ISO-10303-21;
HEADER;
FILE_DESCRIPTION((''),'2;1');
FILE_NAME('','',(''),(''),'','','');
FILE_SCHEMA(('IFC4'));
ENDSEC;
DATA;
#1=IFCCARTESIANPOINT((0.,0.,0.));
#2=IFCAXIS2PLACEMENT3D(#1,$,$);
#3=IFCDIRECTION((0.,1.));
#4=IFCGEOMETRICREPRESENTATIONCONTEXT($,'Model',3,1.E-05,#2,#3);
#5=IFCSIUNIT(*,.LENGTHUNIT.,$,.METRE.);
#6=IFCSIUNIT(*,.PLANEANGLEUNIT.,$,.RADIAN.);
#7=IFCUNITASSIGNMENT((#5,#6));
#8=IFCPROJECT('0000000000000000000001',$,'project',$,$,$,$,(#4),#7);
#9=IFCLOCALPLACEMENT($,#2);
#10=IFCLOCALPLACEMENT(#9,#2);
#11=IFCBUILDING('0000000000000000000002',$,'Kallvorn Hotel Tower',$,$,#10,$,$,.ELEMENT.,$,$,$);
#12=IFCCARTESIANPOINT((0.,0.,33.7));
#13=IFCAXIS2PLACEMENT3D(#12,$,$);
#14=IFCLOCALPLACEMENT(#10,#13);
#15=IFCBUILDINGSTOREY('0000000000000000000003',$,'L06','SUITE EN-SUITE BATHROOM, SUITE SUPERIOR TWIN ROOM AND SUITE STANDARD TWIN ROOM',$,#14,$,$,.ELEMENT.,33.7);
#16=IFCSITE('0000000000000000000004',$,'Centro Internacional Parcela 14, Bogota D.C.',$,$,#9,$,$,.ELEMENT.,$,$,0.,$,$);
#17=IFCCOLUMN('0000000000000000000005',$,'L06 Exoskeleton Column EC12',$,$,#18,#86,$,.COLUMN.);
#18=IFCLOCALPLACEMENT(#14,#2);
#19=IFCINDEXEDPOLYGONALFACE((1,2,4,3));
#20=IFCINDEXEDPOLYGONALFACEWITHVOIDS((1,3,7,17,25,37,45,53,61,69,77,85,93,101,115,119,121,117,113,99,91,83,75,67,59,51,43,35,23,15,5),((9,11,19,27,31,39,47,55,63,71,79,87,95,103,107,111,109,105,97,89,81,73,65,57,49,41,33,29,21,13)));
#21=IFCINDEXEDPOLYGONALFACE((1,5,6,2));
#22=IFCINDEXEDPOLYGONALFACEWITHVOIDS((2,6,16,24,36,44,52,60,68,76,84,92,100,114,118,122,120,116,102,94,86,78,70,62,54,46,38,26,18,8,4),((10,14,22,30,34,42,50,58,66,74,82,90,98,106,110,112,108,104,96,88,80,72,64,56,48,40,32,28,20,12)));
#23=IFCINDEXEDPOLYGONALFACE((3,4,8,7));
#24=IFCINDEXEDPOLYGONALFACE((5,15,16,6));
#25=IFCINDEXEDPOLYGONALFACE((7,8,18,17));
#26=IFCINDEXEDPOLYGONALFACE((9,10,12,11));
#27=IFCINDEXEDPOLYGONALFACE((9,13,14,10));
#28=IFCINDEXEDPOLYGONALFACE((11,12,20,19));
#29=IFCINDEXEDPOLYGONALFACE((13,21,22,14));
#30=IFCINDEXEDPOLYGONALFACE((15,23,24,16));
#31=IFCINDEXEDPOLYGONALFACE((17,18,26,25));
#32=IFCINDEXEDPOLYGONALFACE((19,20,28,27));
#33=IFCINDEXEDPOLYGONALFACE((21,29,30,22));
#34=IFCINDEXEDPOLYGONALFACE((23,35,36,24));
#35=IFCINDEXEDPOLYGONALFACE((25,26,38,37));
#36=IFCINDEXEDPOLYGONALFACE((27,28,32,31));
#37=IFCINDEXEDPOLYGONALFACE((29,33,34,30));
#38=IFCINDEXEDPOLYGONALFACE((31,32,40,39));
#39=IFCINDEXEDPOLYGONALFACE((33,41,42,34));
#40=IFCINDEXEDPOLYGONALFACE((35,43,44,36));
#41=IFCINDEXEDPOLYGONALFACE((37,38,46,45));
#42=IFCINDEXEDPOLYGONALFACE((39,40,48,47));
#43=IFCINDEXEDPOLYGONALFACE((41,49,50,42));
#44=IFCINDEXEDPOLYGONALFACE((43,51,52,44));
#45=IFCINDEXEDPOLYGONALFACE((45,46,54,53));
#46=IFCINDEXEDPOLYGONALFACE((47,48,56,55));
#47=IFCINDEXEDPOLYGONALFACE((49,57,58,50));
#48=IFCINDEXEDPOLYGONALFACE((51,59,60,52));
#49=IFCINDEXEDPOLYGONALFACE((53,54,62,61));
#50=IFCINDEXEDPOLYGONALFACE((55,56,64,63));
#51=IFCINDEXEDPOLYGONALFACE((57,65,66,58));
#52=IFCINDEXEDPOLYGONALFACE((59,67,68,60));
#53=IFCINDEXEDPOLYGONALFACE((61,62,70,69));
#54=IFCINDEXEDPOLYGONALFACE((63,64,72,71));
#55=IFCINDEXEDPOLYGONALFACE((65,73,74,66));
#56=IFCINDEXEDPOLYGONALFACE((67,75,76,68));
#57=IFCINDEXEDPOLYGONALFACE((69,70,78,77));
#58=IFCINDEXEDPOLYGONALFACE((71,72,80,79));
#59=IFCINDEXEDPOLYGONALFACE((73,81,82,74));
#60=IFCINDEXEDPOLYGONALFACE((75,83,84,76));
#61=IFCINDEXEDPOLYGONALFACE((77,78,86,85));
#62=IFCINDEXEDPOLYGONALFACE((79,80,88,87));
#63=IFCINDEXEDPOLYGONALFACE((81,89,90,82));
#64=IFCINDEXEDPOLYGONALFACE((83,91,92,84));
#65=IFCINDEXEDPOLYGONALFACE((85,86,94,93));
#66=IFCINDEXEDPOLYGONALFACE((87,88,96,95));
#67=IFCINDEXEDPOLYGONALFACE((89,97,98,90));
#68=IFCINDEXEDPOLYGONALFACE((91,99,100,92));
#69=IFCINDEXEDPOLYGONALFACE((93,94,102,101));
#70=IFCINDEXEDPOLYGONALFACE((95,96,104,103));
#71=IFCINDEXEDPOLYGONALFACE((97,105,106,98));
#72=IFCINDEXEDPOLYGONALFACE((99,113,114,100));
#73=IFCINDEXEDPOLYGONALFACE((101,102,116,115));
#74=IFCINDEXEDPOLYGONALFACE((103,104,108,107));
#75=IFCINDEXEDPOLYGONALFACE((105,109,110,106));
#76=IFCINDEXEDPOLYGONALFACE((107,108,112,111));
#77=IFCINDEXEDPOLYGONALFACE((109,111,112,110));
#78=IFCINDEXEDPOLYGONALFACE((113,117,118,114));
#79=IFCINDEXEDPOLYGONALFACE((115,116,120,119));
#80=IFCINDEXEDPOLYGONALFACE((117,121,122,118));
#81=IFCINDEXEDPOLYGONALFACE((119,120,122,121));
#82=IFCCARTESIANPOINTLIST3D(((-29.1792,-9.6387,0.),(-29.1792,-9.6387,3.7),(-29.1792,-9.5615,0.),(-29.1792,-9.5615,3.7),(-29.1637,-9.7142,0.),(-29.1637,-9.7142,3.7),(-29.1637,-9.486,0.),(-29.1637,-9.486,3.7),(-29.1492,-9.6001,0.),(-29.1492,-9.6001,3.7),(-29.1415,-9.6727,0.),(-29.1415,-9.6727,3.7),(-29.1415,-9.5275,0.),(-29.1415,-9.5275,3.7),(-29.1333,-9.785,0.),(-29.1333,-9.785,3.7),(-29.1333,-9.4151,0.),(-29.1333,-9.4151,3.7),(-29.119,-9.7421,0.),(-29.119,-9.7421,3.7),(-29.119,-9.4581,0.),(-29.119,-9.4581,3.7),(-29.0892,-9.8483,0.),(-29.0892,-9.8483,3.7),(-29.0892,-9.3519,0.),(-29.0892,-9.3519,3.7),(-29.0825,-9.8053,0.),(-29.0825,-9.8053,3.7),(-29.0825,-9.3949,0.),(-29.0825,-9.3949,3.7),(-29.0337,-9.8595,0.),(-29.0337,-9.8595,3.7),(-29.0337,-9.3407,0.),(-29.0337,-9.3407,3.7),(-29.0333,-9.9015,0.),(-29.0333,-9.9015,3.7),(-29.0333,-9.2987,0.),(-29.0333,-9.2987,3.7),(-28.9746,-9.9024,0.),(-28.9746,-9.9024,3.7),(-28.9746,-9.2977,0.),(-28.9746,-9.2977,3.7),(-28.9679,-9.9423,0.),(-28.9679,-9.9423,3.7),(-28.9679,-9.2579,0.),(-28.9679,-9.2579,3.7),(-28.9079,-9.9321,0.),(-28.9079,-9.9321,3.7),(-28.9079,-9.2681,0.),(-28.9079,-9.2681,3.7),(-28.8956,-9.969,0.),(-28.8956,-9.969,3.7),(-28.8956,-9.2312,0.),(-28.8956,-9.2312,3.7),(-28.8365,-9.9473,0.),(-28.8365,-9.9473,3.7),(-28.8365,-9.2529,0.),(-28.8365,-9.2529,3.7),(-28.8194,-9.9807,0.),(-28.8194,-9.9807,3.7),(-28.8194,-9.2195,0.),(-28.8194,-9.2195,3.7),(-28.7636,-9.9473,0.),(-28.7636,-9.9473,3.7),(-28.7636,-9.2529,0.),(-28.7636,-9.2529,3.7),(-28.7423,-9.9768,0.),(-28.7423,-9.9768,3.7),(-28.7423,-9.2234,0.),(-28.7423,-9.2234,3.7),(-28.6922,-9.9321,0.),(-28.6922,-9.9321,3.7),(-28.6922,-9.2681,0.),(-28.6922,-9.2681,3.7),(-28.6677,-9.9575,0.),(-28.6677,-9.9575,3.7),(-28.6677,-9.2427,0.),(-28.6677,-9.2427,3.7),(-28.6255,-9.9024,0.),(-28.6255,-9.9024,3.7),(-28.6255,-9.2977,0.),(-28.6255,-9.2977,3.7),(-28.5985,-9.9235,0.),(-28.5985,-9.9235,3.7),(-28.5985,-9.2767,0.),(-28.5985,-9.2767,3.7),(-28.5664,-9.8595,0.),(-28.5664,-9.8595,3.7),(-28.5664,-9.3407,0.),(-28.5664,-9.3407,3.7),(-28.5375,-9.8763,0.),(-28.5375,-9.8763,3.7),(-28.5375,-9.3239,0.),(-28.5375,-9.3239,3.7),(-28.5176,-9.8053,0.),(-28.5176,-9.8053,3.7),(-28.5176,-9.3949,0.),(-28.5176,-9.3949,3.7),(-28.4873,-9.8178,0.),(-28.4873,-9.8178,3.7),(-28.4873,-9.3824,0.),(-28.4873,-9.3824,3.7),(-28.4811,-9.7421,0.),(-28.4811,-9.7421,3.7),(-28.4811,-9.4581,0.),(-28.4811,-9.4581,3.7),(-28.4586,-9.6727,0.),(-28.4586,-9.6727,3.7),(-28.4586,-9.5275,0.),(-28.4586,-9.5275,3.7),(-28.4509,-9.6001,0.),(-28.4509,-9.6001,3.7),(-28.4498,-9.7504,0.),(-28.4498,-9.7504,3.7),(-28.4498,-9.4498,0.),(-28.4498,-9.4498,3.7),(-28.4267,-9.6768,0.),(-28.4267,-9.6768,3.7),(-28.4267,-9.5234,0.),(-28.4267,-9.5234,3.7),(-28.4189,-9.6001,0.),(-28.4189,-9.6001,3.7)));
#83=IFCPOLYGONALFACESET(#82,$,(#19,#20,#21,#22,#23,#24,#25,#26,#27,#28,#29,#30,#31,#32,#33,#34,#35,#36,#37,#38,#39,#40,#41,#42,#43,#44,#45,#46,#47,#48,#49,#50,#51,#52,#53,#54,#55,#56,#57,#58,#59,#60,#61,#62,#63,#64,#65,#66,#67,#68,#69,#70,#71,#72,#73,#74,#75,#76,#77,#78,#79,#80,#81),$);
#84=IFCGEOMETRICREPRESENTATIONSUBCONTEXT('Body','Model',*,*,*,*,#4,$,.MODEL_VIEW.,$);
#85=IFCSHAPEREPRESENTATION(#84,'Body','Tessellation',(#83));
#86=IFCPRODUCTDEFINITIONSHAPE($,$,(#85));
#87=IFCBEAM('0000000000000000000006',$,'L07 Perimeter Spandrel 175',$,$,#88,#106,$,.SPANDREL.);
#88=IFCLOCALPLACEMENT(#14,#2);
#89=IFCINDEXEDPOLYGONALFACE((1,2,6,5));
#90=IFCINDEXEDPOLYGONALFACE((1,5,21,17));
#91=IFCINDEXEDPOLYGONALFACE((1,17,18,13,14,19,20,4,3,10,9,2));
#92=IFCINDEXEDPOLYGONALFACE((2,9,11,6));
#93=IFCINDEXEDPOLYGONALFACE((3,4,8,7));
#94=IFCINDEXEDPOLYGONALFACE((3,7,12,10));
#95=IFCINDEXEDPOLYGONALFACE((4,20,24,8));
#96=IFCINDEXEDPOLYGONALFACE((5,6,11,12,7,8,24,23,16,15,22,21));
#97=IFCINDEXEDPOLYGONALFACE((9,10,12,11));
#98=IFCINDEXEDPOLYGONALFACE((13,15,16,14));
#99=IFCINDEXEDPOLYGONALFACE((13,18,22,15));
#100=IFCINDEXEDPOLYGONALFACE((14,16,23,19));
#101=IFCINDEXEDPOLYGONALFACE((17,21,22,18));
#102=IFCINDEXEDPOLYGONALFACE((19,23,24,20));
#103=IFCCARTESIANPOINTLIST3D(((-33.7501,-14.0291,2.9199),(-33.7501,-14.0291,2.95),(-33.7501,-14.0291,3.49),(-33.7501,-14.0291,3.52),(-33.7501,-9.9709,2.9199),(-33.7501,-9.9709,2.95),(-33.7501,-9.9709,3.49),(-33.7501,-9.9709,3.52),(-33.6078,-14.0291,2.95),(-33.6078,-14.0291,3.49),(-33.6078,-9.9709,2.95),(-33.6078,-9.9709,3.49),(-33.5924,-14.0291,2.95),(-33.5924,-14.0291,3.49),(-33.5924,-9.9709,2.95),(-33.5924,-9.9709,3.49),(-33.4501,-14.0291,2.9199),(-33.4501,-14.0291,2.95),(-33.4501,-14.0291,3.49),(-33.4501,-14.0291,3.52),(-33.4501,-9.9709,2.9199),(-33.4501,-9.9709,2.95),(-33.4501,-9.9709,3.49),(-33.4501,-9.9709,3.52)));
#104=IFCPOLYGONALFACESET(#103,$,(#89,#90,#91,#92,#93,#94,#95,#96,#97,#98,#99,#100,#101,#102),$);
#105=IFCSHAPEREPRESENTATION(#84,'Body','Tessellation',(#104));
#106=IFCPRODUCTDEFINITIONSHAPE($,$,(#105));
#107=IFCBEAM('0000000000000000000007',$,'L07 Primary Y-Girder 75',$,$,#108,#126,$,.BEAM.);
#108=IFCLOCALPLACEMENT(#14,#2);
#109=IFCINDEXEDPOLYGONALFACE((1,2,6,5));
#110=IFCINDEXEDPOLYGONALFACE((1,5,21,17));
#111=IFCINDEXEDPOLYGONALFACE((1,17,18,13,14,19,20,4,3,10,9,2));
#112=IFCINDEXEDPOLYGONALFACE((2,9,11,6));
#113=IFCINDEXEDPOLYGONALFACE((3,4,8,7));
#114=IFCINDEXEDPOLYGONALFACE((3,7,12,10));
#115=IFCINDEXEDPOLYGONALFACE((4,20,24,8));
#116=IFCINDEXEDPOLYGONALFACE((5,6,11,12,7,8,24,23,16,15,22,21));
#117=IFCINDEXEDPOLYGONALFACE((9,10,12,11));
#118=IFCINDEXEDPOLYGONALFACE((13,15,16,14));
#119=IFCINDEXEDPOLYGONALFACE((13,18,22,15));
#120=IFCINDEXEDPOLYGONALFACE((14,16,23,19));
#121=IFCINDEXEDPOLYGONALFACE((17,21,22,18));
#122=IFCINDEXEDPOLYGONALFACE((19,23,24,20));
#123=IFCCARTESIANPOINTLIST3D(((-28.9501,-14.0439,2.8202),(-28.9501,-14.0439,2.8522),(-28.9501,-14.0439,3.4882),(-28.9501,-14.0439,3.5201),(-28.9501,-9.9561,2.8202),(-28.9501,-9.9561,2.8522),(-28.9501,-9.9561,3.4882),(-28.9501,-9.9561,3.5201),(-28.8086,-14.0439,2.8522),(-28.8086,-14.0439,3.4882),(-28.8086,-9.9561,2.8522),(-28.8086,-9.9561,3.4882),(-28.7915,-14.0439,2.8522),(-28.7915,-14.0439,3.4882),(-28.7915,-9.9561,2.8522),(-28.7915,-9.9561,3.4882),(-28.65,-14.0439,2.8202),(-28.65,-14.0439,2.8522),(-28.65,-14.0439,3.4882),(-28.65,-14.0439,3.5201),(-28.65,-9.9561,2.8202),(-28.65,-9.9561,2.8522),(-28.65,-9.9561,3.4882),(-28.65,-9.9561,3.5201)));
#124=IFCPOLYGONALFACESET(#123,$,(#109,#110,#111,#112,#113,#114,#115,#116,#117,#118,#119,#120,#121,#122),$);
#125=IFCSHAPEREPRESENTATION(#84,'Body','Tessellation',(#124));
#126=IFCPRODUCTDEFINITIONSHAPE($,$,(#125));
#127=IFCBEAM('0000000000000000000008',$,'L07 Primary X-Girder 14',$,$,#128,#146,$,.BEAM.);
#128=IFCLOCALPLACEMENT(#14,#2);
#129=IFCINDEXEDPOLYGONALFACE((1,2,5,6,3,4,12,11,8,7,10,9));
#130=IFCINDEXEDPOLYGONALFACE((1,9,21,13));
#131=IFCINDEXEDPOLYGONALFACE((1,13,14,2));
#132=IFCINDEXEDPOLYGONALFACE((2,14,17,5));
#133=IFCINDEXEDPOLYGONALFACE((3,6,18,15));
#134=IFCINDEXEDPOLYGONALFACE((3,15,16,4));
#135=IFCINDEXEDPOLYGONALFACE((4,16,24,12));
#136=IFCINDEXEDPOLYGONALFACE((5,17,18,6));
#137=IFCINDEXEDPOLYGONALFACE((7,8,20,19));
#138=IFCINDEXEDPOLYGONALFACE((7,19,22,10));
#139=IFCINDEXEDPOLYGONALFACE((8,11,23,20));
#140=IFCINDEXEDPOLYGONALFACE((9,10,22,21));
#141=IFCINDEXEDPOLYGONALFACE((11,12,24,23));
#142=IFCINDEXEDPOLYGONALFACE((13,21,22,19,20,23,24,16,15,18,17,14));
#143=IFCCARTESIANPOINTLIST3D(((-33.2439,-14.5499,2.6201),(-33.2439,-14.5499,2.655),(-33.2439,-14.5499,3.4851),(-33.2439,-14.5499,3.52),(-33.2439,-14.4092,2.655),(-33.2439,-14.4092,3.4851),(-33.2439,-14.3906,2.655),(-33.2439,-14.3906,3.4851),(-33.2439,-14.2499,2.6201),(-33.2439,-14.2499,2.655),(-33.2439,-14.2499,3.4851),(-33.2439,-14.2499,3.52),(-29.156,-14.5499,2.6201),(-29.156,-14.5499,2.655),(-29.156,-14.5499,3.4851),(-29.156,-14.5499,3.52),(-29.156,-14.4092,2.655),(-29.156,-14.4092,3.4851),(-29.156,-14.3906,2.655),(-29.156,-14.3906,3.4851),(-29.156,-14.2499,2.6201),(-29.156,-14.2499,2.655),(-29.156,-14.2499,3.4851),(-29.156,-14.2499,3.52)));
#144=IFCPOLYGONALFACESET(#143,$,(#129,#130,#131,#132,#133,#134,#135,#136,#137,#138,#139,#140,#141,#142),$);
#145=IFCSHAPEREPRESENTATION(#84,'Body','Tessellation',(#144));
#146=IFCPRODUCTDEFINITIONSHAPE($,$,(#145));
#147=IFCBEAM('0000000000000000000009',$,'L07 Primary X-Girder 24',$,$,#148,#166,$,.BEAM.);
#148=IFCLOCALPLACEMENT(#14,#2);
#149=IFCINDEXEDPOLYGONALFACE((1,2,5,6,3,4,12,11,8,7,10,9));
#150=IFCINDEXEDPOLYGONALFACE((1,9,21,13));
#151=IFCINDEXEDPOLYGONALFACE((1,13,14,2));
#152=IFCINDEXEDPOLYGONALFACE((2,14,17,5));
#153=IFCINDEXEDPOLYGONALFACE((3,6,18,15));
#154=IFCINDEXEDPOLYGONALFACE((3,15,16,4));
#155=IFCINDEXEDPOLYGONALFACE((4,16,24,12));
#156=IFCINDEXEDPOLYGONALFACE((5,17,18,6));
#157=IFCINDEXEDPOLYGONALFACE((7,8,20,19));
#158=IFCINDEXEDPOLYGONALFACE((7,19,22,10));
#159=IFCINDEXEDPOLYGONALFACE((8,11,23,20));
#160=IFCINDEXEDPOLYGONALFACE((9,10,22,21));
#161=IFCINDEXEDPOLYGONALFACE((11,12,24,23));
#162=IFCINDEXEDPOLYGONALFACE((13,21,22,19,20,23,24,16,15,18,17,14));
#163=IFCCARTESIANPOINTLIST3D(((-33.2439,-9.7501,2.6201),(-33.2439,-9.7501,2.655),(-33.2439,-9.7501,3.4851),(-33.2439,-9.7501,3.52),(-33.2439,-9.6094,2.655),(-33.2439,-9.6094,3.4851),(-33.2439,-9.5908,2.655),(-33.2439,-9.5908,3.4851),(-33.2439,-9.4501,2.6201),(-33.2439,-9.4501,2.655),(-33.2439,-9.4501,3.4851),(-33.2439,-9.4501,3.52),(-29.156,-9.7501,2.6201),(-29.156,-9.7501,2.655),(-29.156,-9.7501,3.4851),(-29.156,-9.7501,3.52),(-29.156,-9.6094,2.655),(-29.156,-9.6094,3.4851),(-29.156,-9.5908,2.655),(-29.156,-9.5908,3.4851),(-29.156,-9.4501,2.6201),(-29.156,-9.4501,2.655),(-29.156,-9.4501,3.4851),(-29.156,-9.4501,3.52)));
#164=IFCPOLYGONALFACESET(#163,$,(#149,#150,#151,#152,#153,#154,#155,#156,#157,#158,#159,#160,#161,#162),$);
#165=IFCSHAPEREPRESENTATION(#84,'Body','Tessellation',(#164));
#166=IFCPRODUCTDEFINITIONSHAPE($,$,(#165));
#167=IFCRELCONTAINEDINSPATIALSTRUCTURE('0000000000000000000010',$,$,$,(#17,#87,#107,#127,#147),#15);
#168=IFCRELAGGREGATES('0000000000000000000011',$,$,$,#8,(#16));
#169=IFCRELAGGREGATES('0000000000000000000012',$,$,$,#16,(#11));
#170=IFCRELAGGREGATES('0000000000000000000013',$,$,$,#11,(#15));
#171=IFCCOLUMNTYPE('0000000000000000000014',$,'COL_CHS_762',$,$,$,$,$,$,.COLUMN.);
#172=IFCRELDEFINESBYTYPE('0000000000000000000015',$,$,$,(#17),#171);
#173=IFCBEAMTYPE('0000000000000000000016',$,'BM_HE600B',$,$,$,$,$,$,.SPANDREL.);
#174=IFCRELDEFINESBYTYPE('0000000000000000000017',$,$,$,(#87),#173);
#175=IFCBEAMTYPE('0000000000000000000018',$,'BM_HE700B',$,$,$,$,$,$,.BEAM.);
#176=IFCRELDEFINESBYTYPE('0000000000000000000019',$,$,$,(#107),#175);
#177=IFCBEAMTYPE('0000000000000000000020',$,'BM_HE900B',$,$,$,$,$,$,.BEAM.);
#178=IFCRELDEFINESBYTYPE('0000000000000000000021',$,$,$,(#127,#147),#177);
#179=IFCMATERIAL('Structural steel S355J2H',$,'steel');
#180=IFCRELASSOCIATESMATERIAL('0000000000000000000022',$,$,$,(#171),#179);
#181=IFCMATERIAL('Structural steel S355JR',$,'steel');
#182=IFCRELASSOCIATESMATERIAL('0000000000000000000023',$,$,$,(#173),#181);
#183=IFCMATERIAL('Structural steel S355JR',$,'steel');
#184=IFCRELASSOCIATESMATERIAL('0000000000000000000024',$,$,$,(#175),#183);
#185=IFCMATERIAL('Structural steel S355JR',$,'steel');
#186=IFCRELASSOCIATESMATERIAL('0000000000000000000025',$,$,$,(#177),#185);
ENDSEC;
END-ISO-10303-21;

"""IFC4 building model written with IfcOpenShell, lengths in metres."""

from ifc_helpers import new_model, si_unit, direction, frame, origin, origin_2d, place, context, subcontext, project, spatial, hollow_circle, i_section, extrude, material, material_profile, profile_set, type_object, element, save


model = new_model("IFC4")

# Units and contexts
model_context = context("Model", 3, precision=1e-05, world=origin(), true_north=direction((0.0, 1.0)))
body_context = subcontext(model_context, "Body", "Model", "MODEL_VIEW")
ifc_project = project(units=[si_unit("LENGTHUNIT", "METRE"), si_unit("PLANEANGLEUNIT", "RADIAN")], contexts=[model_context])

# Site, building, storey
site_placement = place(None, origin())
site = spatial("IfcSite", under=ifc_project, at=site_placement, Name="Centro Internacional Parcela 14, Bogota D.C.", CompositionType="ELEMENT", RefElevation=0.0)
building_placement = place(site_placement, origin())
building = spatial("IfcBuilding", under=site, at=building_placement, Name="Kallvorn Hotel Tower", CompositionType="ELEMENT")
storey_placement = place(building_placement, frame((0.0, 0.0, 33.7)))
storey = spatial("IfcBuildingStorey", under=building, at=storey_placement, Name="L06", Description="SUITE EN-SUITE BATHROOM, SUITE SUPERIOR TWIN ROOM AND SUITE STANDARD TWIN ROOM", CompositionType="ELEMENT", Elevation=33.7)

# Column
ifc_material_1 = material(Name="Structural steel S355J2H", Category="steel")
ifc_material_profile_1 = material_profile(ifc_material_1, hollow_circle(Radius=0.3811, WallThickness=0.032, at=origin_2d()), Name="CHS 762x32")
ifc_profile_set_1 = profile_set([ifc_material_profile_1], Name="Structural steel S355J2H")
column_type = type_object("IfcColumnType", Name="COL_CHS_762", PredefinedType="COLUMN", material=ifc_profile_set_1)
for number, where, z_axis, x_axis, name in (
    (1, (-28.8, -9.6001, 0.0), (0.0, 0.0, 1.0), (1.0, 0.0, 0.0), "L06 Exoskeleton Column EC12"),
):
    element("IfcColumn", number, at=place(storey_placement, frame(where, z_axis=z_axis, x_axis=x_axis)), inside=storey, type_object=column_type, Name=name, PredefinedType="COLUMN", context=body_context, shape_type="SweptSolid", body=[
        extrude(hollow_circle(Radius=0.3811, WallThickness=0.032, at=origin_2d()), origin(), (0.0, 0.0, 1.0), 3.7),
    ])

# Beams
ifc_material_2 = material(Name="Structural steel S355JR", Category="steel")
ifc_material_profile_2 = material_profile(ifc_material_2, i_section(OverallWidth=0.3, OverallDepth=0.6001, WebThickness=0.0154, FlangeThickness=0.03, at=origin_2d()), Name="HE 600 B")
ifc_profile_set_2 = profile_set([ifc_material_profile_2], Name="Structural steel S355JR")
beam_type_1 = type_object("IfcBeamType", Name="BM_HE600B", PredefinedType="SPANDREL", material=ifc_profile_set_2)
beam_1_placement = place(storey_placement, frame((-33.6001, -14.0291, 3.22), z_axis=(0.0, 1.0, 0.0), x_axis=(-1.0, 0.0, 0.0)))
element("IfcBeam", 2, at=beam_1_placement, inside=storey, type_object=beam_type_1, Name="L07 Perimeter Spandrel 175", PredefinedType="SPANDREL", context=body_context, shape_type="SweptSolid", body=[
    extrude(i_section(OverallWidth=0.3, OverallDepth=0.6001, WebThickness=0.0154, FlangeThickness=0.03, at=origin_2d()), origin(), (0.0, 0.0, 1.0), 4.0581),
])
ifc_material_3 = material(Name="Structural steel S355JR", Category="steel")
ifc_material_profile_3 = material_profile(ifc_material_3, i_section(OverallWidth=0.3, OverallDepth=0.7, WebThickness=0.0171, FlangeThickness=0.032, at=origin_2d()), Name="HE 700 B")
ifc_profile_set_3 = profile_set([ifc_material_profile_3], Name="Structural steel S355JR")
beam_type_2 = type_object("IfcBeamType", Name="BM_HE700B", PredefinedType="BEAM", material=ifc_profile_set_3)
beam_2_placement = place(storey_placement, frame((-28.8, -14.0439, 3.1702), z_axis=(0.0, 1.0, 0.0), x_axis=(-1.0, 0.0, 0.0)))
element("IfcBeam", 3, at=beam_2_placement, inside=storey, type_object=beam_type_2, Name="L07 Primary Y-Girder 75", PredefinedType="BEAM", context=body_context, shape_type="SweptSolid", body=[
    extrude(i_section(OverallWidth=0.3, OverallDepth=0.7, WebThickness=0.0171, FlangeThickness=0.032, at=origin_2d()), origin(), (0.0, 0.0, 1.0), 4.0879),
])
ifc_material_4 = material(Name="Structural steel S355JR", Category="steel")
ifc_material_profile_4 = material_profile(ifc_material_4, i_section(OverallWidth=0.3, OverallDepth=0.8999, WebThickness=0.0186, FlangeThickness=0.0349, at=origin_2d()), Name="HE 900 B")
ifc_profile_set_4 = profile_set([ifc_material_profile_4], Name="Structural steel S355JR")
beam_type_3 = type_object("IfcBeamType", Name="BM_HE900B", PredefinedType="BEAM", material=ifc_profile_set_4)
for number, where, z_axis, x_axis, name in (
    (4, (-33.2439, -14.3999, 3.0701), (1.0, 0.0, 0.0), (0.0, 1.0, 0.0), "L07 Primary X-Girder 14"),
    (5, (-33.2439, -9.6001, 3.0701), (1.0, 0.0, 0.0), (0.0, 1.0, 0.0), "L07 Primary X-Girder 24"),
):
    element("IfcBeam", number, at=place(storey_placement, frame(where, z_axis=z_axis, x_axis=x_axis)), inside=storey, type_object=beam_type_3, Name=name, PredefinedType="BEAM", context=body_context, shape_type="SweptSolid", body=[
        extrude(i_section(OverallWidth=0.3, OverallDepth=0.8999, WebThickness=0.0186, FlangeThickness=0.0349, at=origin_2d()), origin(), (0.0, 0.0, 1.0), 4.0879),
    ])

save(model, "model.ifc")
